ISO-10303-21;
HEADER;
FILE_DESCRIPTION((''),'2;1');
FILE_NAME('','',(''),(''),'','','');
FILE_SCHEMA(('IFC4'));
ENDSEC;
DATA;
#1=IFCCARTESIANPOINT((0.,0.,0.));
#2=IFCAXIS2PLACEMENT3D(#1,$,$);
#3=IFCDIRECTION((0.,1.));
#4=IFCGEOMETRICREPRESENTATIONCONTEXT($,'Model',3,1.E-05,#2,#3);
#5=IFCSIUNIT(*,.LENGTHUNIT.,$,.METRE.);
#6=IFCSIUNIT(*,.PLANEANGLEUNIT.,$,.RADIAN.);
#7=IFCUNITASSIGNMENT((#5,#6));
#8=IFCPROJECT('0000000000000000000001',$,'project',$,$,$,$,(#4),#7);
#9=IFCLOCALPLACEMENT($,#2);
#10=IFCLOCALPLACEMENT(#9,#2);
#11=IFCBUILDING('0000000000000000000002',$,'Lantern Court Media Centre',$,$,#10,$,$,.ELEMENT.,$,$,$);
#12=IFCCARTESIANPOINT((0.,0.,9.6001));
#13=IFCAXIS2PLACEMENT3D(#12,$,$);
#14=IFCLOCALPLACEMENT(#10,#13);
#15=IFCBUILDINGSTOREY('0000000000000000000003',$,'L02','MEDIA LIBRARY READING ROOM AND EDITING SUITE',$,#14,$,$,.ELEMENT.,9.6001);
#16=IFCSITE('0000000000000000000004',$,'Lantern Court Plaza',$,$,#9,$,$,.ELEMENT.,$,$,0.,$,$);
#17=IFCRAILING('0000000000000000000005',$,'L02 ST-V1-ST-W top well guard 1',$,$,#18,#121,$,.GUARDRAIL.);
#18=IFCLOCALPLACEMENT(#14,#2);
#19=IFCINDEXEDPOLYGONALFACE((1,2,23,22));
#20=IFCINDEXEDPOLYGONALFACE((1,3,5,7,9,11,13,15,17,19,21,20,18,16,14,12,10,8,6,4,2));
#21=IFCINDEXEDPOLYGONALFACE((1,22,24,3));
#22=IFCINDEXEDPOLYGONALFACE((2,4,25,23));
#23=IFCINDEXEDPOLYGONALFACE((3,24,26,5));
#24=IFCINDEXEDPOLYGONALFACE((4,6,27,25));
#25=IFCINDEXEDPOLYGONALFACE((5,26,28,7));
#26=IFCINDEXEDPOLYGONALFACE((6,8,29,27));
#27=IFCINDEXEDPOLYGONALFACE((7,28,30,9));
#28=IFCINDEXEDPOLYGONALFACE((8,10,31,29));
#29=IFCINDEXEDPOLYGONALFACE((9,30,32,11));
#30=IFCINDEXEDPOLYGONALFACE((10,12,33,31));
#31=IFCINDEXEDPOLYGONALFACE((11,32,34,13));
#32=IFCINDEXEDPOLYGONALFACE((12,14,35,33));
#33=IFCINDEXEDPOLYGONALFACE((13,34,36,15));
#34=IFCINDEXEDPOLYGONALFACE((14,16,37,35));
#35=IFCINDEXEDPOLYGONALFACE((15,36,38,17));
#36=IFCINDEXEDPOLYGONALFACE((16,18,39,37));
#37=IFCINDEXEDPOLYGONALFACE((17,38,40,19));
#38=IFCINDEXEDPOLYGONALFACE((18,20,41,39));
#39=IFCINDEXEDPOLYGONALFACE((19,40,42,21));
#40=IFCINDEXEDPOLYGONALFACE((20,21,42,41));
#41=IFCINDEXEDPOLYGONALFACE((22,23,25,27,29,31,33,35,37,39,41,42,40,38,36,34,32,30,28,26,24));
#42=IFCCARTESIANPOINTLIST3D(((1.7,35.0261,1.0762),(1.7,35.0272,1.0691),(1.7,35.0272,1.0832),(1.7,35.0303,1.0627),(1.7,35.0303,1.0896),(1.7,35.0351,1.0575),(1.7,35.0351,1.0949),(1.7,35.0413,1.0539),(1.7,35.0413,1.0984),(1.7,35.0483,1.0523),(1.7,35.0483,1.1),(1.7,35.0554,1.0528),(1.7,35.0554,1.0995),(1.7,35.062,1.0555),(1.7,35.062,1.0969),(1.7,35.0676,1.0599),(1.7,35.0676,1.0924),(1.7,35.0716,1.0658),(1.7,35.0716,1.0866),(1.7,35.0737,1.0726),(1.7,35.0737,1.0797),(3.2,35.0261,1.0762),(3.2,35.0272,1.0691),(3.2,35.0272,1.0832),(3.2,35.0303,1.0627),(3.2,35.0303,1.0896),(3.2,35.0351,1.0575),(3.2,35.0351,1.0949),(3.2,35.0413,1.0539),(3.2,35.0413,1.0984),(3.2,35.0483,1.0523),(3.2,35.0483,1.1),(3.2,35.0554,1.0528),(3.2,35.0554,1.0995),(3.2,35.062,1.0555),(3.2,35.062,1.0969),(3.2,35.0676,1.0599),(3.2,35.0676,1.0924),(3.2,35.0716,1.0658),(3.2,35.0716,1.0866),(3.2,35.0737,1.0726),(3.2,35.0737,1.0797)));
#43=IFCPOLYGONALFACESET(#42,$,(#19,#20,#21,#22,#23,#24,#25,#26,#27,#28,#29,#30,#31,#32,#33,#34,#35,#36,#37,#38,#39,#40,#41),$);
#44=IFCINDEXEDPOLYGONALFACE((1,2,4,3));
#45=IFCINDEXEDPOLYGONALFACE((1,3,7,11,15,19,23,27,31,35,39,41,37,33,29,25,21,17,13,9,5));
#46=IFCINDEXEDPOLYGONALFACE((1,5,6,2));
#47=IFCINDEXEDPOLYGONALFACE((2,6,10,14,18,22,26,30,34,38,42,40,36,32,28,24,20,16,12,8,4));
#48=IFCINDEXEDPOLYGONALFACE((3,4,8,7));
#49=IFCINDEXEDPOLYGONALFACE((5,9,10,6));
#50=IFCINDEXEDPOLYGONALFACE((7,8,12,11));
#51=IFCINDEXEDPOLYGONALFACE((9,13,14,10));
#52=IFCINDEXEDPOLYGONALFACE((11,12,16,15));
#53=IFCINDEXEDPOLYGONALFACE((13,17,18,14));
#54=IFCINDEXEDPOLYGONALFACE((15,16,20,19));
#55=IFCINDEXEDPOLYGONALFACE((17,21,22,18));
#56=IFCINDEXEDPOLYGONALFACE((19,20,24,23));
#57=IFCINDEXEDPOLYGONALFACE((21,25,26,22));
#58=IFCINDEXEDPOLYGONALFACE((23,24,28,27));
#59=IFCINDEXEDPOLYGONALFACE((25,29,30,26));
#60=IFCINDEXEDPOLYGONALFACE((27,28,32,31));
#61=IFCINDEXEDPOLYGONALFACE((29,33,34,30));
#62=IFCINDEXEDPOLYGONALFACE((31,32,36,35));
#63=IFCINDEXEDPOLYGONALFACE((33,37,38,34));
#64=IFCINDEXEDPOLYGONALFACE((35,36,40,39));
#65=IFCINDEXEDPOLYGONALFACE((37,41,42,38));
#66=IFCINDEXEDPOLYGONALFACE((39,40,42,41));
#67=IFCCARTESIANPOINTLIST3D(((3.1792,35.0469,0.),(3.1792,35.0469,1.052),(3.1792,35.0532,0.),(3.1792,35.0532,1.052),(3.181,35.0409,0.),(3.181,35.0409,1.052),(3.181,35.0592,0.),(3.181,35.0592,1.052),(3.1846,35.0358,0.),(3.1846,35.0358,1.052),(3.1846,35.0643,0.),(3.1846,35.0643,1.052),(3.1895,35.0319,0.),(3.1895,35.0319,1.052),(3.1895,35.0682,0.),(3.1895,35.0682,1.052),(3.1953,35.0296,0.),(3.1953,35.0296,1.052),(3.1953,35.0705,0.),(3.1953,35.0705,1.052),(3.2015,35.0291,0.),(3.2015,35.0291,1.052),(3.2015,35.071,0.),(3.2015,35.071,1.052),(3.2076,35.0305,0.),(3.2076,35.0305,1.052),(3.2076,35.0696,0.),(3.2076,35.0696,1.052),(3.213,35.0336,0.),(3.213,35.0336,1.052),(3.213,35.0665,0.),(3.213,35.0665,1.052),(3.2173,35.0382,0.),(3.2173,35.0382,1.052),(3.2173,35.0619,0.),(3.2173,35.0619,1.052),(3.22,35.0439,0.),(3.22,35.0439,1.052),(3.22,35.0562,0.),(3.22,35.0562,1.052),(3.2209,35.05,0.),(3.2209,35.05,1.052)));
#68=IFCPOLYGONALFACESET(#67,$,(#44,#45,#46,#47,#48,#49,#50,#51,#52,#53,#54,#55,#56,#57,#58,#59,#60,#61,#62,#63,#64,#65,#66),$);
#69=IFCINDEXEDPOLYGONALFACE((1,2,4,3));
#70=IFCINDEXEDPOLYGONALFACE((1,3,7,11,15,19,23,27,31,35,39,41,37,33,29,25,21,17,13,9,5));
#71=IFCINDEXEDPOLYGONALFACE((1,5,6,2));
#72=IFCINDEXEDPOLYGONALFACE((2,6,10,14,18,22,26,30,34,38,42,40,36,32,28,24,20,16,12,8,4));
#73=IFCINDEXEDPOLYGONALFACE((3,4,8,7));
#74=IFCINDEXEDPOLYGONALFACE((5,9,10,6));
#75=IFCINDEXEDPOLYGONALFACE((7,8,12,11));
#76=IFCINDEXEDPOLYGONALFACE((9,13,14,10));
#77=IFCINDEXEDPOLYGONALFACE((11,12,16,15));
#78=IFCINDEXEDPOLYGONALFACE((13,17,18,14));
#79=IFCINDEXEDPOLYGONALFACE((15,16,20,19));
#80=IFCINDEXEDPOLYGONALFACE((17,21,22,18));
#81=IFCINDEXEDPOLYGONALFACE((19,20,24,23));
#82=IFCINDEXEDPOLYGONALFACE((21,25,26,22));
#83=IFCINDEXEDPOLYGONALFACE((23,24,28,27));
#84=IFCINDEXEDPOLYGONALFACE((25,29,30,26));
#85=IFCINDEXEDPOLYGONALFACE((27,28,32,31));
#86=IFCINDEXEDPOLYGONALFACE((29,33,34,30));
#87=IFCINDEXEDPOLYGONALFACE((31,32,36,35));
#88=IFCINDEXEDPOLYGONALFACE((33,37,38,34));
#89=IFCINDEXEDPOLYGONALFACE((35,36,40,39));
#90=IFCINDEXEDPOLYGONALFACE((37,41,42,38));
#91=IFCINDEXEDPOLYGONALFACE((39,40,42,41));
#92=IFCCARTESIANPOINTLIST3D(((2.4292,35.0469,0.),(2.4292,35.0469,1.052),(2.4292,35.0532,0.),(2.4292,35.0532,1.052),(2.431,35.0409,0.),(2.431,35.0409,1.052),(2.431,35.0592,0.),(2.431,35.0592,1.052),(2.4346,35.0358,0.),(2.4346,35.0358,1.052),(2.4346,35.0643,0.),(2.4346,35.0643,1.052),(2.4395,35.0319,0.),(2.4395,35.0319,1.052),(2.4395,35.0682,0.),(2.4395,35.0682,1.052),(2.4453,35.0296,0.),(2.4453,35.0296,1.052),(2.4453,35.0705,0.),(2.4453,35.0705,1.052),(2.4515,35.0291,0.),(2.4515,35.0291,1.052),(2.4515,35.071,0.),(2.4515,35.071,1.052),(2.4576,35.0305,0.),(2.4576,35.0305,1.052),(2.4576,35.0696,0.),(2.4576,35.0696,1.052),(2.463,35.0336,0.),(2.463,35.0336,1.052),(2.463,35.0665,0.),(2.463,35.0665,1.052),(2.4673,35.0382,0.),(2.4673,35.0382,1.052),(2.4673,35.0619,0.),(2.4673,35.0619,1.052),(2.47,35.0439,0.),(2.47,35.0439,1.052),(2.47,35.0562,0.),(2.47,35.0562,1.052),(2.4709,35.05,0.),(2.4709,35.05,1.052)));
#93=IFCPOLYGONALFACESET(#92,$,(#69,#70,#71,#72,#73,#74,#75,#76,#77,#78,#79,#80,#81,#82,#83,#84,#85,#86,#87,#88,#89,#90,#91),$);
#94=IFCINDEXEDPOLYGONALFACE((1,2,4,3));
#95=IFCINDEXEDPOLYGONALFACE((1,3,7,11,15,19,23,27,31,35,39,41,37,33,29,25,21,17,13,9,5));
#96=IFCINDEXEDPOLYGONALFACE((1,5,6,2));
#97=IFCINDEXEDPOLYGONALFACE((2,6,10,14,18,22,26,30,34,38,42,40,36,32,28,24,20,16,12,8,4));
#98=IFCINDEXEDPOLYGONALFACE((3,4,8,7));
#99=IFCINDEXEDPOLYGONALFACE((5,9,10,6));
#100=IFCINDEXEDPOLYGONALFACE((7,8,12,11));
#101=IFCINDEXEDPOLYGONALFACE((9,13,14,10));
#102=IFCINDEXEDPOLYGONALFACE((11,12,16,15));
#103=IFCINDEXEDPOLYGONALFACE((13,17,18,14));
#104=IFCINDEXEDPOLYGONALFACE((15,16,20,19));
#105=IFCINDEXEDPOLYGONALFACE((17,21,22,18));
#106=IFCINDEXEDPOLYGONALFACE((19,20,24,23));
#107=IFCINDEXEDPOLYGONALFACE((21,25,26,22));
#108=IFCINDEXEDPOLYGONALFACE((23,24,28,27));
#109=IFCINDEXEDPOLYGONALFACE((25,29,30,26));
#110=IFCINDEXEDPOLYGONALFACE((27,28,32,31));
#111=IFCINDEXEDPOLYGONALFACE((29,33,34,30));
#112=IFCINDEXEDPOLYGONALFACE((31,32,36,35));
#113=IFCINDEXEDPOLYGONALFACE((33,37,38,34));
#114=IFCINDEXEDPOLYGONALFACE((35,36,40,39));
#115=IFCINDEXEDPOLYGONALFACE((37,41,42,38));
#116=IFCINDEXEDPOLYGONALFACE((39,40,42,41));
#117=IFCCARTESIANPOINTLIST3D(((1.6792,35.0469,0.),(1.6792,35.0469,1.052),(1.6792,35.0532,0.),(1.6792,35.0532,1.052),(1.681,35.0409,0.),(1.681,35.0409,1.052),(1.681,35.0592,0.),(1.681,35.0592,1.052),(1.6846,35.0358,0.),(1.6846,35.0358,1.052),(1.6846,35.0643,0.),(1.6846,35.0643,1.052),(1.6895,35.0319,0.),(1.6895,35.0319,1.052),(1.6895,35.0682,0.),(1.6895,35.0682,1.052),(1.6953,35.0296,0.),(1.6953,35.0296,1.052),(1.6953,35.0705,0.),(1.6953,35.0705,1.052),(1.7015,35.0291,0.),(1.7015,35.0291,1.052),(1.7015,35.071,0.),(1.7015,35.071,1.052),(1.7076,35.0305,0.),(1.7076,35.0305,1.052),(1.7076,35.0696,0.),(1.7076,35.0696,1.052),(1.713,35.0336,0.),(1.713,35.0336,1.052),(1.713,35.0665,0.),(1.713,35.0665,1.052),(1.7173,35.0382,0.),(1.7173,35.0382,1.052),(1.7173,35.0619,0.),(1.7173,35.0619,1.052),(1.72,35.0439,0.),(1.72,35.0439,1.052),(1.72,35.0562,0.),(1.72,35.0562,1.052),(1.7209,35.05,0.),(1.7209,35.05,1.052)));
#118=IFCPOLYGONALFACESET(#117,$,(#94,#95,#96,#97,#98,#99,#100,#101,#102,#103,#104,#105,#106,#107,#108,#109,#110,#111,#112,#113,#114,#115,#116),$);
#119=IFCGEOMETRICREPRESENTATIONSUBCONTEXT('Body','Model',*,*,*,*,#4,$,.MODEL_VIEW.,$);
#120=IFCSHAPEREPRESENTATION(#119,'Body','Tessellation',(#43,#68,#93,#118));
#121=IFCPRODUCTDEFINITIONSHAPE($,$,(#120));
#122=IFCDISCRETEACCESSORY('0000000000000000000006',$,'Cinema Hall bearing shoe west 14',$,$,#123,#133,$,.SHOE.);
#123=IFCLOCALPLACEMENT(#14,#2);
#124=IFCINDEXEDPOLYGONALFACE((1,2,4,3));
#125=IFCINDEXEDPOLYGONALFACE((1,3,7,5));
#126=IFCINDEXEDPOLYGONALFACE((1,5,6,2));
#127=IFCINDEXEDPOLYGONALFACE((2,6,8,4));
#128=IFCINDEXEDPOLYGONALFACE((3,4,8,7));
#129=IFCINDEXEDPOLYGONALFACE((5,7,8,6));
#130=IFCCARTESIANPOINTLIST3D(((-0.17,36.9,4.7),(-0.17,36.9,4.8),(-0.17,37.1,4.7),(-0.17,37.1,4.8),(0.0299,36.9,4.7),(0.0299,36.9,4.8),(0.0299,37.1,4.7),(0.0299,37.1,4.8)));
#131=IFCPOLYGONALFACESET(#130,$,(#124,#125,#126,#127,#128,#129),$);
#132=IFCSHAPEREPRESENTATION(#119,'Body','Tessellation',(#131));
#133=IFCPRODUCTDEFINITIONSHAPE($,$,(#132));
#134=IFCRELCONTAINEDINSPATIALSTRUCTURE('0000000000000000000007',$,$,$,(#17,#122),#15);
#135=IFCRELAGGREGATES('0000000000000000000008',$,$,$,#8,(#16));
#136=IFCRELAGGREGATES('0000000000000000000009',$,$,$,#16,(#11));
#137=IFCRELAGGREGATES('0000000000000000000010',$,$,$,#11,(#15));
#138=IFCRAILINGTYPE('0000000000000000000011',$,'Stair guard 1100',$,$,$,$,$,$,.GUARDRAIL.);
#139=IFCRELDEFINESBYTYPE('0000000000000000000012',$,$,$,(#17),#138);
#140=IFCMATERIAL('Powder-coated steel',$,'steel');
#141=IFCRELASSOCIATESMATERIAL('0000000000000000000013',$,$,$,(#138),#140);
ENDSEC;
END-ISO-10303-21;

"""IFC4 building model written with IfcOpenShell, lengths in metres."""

from ifc_helpers import new_model, si_unit, direction, frame, origin, origin_2d, place, context, subcontext, project, spatial, rectangle, circle, extrude, material, type_object, element, save


model = new_model("IFC4")

# Units and contexts
model_context = context("Model", 3, precision=1e-05, world=origin(), true_north=direction((0.0, 1.0)))
body_context = subcontext(model_context, "Body", "Model", "MODEL_VIEW")
ifc_project = project(units=[si_unit("LENGTHUNIT", "METRE"), si_unit("PLANEANGLEUNIT", "RADIAN")], contexts=[model_context])

# Site, building, storey
site_placement = place(None, origin())
site = spatial("IfcSite", under=ifc_project, at=site_placement, Name="Lantern Court Plaza", CompositionType="ELEMENT", RefElevation=0.0)
building_placement = place(site_placement, origin())
building = spatial("IfcBuilding", under=site, at=building_placement, Name="Lantern Court Media Centre", CompositionType="ELEMENT")
storey_placement = place(building_placement, frame((0.0, 0.0, 9.6001)))
storey = spatial("IfcBuildingStorey", under=building, at=storey_placement, Name="L02", Description="MEDIA LIBRARY READING ROOM AND EDITING SUITE", CompositionType="ELEMENT", Elevation=9.6001)

# Railing
ifc_material_1 = material(Name="Powder-coated steel", Category="steel")
railing_type_1 = type_object("IfcRailingType", Name="Stair guard 1100", PredefinedType="GUARDRAIL", material=ifc_material_1)
railing_1_placement = place(storey_placement, frame((3.2, 35.05, 0.0)))
element("IfcRailing", 1, at=railing_1_placement, inside=storey, type_object=railing_type_1, Name="L02 ST-V1-ST-W top well guard 1", PredefinedType="GUARDRAIL", context=body_context, shape_type="SweptSolid", body=[
    extrude(circle(Radius=0.0239, at=origin_2d()), frame((0.0, 0.0, 1.0762), z_axis=(-1.0, 0.0, 0.0), x_axis=(0.0, -1.0, 0.0)), (0.0, 0.0, 1.0), 1.5),
    extrude(circle(Radius=0.021, at=origin_2d()), origin(), (0.0, 0.0, 1.0), 1.052),
    extrude(circle(Radius=0.021, at=origin_2d()), frame((-0.75, 0.0, 0.0)), (0.0, 0.0, 1.0), 1.052),
    extrude(circle(Radius=0.021, at=origin_2d()), frame((-1.5, 0.0, 0.0)), (0.0, 0.0, 1.0), 1.052),
])

# Discrete accessory
discrete_accessory_placement = place(storey_placement, frame((-0.0701, 37.0, 4.7), z_axis=(0.0, 0.0, 1.0), x_axis=(1.0, 0.0, 0.0)))
element("IfcDiscreteAccessory", 2, at=discrete_accessory_placement, inside=storey, Name="Cinema Hall bearing shoe west 14", PredefinedType="SHOE", context=body_context, shape_type="SweptSolid", body=[
    extrude(rectangle(XDim=0.2, YDim=0.2, at=origin_2d()), origin(), (0.0, 0.0, 1.0), 0.1001),
])

save(model, "model.ifc")
